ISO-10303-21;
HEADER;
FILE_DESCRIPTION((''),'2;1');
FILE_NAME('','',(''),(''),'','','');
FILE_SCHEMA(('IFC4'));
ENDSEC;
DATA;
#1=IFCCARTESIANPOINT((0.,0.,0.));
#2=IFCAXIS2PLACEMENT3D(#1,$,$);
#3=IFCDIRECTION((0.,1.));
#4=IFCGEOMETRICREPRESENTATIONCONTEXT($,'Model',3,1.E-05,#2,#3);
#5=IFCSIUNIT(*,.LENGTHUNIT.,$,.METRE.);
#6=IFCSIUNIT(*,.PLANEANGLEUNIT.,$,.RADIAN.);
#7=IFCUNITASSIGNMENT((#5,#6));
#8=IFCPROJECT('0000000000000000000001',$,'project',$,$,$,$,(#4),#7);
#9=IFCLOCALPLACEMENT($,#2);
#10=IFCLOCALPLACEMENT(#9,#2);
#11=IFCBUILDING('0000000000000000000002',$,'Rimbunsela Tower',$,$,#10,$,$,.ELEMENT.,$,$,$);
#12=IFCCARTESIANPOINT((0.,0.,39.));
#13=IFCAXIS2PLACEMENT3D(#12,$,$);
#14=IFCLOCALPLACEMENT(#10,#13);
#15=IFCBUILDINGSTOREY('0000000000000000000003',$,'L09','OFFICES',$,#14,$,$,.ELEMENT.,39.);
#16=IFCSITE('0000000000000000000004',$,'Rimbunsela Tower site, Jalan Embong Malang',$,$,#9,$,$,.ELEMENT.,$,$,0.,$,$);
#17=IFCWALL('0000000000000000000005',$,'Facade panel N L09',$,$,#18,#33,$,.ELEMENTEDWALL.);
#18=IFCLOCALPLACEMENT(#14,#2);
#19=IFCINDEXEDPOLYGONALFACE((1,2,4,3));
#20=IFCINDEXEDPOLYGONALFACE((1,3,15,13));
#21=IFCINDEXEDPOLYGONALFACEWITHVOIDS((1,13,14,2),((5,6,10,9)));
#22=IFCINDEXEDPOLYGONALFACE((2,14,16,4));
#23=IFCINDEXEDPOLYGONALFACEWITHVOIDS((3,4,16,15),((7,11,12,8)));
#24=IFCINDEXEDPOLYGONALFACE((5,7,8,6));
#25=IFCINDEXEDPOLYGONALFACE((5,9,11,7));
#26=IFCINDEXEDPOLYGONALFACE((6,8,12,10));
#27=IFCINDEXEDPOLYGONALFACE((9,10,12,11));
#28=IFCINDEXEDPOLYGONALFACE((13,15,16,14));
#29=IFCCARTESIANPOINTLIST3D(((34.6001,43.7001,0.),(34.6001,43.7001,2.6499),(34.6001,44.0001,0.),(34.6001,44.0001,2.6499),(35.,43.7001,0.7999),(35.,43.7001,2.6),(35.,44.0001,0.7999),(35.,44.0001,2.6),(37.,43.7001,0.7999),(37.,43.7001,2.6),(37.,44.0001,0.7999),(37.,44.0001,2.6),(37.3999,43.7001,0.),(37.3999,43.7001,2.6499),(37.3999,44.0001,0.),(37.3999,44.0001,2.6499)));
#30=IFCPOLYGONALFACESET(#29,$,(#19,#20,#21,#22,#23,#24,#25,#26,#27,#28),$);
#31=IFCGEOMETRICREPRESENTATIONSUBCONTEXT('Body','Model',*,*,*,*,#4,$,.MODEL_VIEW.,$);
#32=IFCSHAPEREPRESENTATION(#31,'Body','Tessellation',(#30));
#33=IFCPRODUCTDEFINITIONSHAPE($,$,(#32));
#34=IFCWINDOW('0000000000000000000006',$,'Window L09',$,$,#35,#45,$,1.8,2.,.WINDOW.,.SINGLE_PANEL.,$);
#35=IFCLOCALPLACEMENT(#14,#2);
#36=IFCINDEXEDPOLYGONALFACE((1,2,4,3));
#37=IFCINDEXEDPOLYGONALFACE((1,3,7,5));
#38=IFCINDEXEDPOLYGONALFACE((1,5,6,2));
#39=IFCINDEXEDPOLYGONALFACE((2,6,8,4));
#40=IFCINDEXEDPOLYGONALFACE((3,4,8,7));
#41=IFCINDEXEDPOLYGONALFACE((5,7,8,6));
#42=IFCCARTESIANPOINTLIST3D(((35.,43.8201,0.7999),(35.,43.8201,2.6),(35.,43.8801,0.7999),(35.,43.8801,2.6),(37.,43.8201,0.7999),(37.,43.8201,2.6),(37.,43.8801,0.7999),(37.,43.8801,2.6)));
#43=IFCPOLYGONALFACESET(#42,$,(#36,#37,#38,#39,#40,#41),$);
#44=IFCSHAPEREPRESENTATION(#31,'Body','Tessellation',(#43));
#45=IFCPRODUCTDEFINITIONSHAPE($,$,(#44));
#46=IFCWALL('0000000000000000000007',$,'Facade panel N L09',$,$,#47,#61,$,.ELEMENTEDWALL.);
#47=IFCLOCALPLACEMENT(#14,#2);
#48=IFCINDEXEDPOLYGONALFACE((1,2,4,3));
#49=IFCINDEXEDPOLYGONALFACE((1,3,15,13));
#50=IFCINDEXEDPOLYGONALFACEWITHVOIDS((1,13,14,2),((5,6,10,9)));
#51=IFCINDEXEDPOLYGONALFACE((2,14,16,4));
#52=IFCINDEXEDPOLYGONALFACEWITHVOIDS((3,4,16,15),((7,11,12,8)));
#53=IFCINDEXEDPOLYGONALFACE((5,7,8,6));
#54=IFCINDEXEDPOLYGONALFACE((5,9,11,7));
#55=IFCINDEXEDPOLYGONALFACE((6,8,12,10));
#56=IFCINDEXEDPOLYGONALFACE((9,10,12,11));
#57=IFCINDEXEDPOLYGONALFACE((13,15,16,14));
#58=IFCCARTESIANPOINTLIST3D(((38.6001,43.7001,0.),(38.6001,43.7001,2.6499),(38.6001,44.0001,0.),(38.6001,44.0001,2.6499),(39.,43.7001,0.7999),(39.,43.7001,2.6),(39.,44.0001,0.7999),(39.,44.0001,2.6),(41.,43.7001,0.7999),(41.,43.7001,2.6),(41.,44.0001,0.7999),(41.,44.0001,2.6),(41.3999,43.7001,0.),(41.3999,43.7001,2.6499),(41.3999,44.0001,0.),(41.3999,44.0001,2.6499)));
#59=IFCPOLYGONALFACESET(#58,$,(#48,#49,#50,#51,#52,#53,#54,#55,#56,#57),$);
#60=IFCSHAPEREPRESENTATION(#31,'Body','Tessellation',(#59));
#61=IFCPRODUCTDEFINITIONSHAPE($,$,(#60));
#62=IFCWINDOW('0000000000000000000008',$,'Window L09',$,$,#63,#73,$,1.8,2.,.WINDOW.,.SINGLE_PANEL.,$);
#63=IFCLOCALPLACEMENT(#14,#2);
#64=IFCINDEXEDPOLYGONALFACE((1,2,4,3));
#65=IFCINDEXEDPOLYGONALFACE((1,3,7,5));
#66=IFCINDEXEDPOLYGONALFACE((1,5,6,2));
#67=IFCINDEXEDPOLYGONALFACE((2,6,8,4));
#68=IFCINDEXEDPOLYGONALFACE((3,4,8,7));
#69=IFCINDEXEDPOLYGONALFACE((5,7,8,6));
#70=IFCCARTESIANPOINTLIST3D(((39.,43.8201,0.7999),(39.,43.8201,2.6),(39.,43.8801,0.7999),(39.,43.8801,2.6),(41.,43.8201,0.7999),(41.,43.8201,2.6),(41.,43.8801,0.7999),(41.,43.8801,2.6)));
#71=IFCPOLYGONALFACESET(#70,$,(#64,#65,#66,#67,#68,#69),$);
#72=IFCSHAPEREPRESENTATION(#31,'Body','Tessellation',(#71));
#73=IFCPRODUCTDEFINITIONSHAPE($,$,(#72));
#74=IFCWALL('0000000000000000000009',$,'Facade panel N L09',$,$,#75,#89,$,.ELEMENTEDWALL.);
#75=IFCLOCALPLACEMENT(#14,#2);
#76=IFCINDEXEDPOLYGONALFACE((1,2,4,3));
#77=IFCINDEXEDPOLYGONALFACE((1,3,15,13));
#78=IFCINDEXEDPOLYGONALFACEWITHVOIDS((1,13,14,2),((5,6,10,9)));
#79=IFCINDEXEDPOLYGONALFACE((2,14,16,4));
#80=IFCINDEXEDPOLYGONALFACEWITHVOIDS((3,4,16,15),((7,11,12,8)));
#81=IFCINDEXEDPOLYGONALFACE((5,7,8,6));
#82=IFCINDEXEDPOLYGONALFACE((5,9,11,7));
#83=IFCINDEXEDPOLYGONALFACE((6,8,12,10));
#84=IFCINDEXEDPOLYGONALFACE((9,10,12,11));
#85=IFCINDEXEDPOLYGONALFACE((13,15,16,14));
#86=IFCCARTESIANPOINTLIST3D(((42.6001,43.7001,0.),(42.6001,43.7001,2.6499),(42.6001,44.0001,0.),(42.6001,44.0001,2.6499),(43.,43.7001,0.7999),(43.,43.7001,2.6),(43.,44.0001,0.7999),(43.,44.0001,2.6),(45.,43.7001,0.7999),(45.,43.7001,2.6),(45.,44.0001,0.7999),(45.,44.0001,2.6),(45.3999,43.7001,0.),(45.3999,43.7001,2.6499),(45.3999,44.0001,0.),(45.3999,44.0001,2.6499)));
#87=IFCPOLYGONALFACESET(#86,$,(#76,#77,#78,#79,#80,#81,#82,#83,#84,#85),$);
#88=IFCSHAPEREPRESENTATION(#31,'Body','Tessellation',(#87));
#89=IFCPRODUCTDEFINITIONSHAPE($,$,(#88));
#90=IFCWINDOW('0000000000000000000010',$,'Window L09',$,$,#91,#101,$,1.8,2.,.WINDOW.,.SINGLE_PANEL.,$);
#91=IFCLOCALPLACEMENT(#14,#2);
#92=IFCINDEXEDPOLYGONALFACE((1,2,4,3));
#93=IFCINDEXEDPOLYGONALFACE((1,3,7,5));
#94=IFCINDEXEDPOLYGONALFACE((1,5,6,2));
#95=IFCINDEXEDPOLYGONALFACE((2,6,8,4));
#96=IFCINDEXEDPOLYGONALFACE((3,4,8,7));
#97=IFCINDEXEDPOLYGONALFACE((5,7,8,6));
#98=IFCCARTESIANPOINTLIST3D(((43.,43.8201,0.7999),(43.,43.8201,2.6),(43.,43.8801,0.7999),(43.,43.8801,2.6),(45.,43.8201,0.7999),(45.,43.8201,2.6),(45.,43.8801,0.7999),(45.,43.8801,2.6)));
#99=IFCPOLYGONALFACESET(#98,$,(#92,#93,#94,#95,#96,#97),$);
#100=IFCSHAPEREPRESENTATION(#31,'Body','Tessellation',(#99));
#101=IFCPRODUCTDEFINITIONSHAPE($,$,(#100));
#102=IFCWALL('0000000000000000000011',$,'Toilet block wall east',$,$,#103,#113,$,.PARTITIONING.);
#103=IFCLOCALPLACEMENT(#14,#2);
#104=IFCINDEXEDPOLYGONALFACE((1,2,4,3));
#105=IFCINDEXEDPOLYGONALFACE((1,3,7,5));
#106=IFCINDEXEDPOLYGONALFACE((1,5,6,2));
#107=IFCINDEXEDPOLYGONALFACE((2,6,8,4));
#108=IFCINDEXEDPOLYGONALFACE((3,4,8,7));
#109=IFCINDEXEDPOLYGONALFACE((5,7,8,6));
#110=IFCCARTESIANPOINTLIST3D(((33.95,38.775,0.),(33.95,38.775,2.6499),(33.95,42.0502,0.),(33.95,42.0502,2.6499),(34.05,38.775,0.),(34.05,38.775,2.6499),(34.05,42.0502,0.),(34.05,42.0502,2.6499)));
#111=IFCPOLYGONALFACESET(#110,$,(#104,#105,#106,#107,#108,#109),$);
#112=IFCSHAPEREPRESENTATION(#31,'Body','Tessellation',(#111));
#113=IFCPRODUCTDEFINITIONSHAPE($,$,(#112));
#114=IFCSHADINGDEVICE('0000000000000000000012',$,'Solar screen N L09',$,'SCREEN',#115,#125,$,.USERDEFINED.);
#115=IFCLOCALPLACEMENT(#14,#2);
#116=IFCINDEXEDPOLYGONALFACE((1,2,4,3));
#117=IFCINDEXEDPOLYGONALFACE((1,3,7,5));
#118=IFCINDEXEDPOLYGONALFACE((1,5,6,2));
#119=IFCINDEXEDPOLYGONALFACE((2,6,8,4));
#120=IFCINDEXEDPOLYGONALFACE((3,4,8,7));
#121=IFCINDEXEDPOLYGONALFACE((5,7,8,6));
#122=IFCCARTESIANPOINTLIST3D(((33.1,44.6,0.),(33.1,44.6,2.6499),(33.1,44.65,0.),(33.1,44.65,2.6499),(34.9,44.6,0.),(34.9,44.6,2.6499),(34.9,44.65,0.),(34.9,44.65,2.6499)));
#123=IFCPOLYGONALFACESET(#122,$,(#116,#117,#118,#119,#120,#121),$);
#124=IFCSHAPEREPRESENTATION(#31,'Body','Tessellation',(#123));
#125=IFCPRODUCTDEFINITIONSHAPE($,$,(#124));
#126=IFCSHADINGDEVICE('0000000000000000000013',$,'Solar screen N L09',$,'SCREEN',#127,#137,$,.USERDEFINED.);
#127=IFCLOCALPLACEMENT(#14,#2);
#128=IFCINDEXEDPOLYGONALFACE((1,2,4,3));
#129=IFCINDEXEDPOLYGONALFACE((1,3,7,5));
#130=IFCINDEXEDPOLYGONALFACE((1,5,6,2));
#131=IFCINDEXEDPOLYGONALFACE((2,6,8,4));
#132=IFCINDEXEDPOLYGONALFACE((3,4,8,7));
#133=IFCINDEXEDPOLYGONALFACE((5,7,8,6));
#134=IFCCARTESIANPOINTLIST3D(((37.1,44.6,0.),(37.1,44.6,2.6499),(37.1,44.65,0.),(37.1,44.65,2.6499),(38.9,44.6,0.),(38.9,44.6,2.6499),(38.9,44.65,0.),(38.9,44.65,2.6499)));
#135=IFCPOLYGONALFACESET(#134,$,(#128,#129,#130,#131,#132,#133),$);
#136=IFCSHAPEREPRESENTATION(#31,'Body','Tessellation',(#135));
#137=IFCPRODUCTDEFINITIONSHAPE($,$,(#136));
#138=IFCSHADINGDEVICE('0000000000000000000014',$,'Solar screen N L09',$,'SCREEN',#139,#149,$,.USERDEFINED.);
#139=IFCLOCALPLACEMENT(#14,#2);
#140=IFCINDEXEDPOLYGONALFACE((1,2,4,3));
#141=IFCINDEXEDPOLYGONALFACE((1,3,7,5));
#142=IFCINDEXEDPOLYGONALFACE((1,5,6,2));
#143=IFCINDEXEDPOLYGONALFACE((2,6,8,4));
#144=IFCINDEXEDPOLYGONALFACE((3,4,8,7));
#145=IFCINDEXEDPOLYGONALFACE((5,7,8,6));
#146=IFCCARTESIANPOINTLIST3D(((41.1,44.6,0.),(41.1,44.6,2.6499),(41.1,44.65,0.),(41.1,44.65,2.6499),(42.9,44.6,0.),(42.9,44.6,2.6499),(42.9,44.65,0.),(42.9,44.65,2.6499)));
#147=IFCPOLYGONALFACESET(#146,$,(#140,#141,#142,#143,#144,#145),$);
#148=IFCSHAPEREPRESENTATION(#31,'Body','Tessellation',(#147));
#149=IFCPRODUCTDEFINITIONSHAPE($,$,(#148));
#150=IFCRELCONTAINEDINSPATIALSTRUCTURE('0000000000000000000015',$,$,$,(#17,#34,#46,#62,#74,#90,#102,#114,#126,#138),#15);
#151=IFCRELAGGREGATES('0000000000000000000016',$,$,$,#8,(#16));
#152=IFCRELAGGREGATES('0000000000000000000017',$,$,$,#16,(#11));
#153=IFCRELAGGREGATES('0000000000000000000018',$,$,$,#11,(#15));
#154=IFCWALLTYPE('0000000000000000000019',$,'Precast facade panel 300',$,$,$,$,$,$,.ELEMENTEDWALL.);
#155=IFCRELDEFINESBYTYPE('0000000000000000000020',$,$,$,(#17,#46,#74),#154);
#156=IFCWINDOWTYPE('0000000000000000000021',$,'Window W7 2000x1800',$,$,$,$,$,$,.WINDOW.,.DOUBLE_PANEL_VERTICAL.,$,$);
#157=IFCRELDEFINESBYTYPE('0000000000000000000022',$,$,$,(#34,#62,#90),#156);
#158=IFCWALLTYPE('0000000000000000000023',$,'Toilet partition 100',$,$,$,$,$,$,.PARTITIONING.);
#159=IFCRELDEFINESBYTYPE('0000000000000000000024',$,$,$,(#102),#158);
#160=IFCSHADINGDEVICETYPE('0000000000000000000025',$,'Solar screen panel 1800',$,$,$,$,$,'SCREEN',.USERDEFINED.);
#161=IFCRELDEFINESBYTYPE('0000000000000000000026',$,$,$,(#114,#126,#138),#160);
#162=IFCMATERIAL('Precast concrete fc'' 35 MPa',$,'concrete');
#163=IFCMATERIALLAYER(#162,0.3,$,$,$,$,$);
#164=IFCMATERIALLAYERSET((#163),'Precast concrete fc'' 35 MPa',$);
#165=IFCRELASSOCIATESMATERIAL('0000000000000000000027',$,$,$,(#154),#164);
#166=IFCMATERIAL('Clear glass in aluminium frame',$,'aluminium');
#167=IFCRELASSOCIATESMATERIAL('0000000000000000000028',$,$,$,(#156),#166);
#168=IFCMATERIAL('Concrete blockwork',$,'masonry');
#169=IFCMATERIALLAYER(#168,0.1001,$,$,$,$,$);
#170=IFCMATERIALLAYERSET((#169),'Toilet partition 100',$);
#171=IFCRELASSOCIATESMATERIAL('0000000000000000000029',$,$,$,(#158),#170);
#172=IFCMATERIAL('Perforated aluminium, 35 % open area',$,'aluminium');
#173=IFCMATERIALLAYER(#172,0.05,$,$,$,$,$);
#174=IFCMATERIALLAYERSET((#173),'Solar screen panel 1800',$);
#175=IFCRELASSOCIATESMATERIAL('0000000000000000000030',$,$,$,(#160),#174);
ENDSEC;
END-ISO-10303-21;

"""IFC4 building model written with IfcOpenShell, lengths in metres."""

from ifc_helpers import new_model, si_unit, direction, frame, frame_2d, origin, origin_2d, place, context, subcontext, project, spatial, rectangle, extrude, material, layer, layer_set, type_object, element, fill, save


model = new_model("IFC4")

# Units and contexts
model_context = context("Model", 3, precision=1e-05, world=origin(), true_north=direction((0.0, 1.0)))
body_context = subcontext(model_context, "Body", "Model", "MODEL_VIEW")
ifc_project = project(units=[si_unit("LENGTHUNIT", "METRE"), si_unit("PLANEANGLEUNIT", "RADIAN")], contexts=[model_context])

# Site, building, storey
site_placement = place(None, origin())
site = spatial("IfcSite", under=ifc_project, at=site_placement, Name="Rimbunsela Tower site, Jalan Embong Malang", CompositionType="ELEMENT", RefElevation=0.0)
building_placement = place(site_placement, origin())
building = spatial("IfcBuilding", under=site, at=building_placement, Name="Rimbunsela Tower", CompositionType="ELEMENT")
storey_placement = place(building_placement, frame((0.0, 0.0, 39.0)))
storey = spatial("IfcBuildingStorey", under=building, at=storey_placement, Name="L09", Description="OFFICES", CompositionType="ELEMENT", Elevation=39.0)

# Walls, openings, windows
ifc_material_1 = material(Name="Precast concrete fc' 35 MPa", Category="concrete")
ifc_layer_1 = layer(ifc_material_1, 0.3)
ifc_layer_set_1 = layer_set([ifc_layer_1], Name="Precast concrete fc' 35 MPa")
wall_type_1 = type_object("IfcWallType", Name="Precast facade panel 300", PredefinedType="ELEMENTEDWALL", material=ifc_layer_set_1)
ifc_material_2 = material(Name="Clear glass in aluminium frame", Category="aluminium")
window_type = type_object("IfcWindowType", Name="Window W7 2000x1800", PartitioningType="DOUBLE_PANEL_VERTICAL", PredefinedType="WINDOW", material=ifc_material_2)
wall_1_placement = place(storey_placement, frame((37.3999, 43.8501, 0.0), z_axis=(0.0, 0.0, 1.0), x_axis=(-1.0, 0.0, 0.0)))
wall_1 = element("IfcWall", 1, at=wall_1_placement, inside=storey, type_object=wall_type_1, Name="Facade panel N L09", PredefinedType="ELEMENTEDWALL", context=body_context, shape_type="SweptSolid", body=[
    extrude(rectangle(XDim=2.7998, YDim=0.3, at=frame_2d((1.3999, 0.0))), origin(), (0.0, 0.0, 1.0), 2.6499),
])
opening_1_placement = place(wall_1_placement, frame((0.3999, 0.0, 0.8)))
opening_1 = element("IfcOpeningElement", 2, at=opening_1_placement, cuts=wall_1, PredefinedType="OPENING", context=body_context, shape_type="SweptSolid", body=[
    extrude(rectangle(XDim=2.0, YDim=1.8, at=frame_2d((1.0, 0.8999))), frame((0.0, 0.1599, 0.0), z_axis=(0.0, -1.0, 0.0), x_axis=(1.0, 0.0, 0.0)), (0.0, 0.0, 1.0), 0.3201),
])
window_1_placement = place(opening_1_placement, origin())
window_1 = element("IfcWindow", 3, at=window_1_placement, inside=storey, type_object=window_type, Name="Window L09", OverallHeight=1.8, OverallWidth=2.0, PartitioningType="SINGLE_PANEL", PredefinedType="WINDOW", context=body_context, shape_type="SweptSolid", body=[
    extrude(rectangle(XDim=2.0, YDim=1.8, at=frame_2d((1.0, 0.8999))), frame((0.0, 0.03, 0.0), z_axis=(0.0, -1.0, 0.0), x_axis=(1.0, 0.0, 0.0)), (0.0, 0.0, 1.0), 0.0601),
])
fill(opening_1, window_1)
wall_2_placement = place(storey_placement, frame((41.3999, 43.8501, 0.0), z_axis=(0.0, 0.0, 1.0), x_axis=(-1.0, 0.0, 0.0)))
wall_2 = element("IfcWall", 4, at=wall_2_placement, inside=storey, type_object=wall_type_1, Name="Facade panel N L09", PredefinedType="ELEMENTEDWALL", context=body_context, shape_type="SweptSolid", body=[
    extrude(rectangle(XDim=2.7998, YDim=0.3, at=frame_2d((1.3999, 0.0))), origin(), (0.0, 0.0, 1.0), 2.6499),
])
opening_2_placement = place(wall_2_placement, frame((0.3999, 0.0, 0.8)))
opening_2 = element("IfcOpeningElement", 5, at=opening_2_placement, cuts=wall_2, PredefinedType="OPENING", context=body_context, shape_type="SweptSolid", body=[
    extrude(rectangle(XDim=2.0, YDim=1.8, at=frame_2d((1.0, 0.8999))), frame((0.0, 0.1599, 0.0), z_axis=(0.0, -1.0, 0.0), x_axis=(1.0, 0.0, 0.0)), (0.0, 0.0, 1.0), 0.3201),
])
window_2_placement = place(opening_2_placement, origin())
window_2 = element("IfcWindow", 6, at=window_2_placement, inside=storey, type_object=window_type, Name="Window L09", OverallHeight=1.8, OverallWidth=2.0, PartitioningType="SINGLE_PANEL", PredefinedType="WINDOW", context=body_context, shape_type="SweptSolid", body=[
    extrude(rectangle(XDim=2.0, YDim=1.8, at=frame_2d((1.0, 0.8999))), frame((0.0, 0.03, 0.0), z_axis=(0.0, -1.0, 0.0), x_axis=(1.0, 0.0, 0.0)), (0.0, 0.0, 1.0), 0.0601),
])
fill(opening_2, window_2)
wall_3_placement = place(storey_placement, frame((45.3999, 43.8501, 0.0), z_axis=(0.0, 0.0, 1.0), x_axis=(-1.0, 0.0, 0.0)))
wall_3 = element("IfcWall", 7, at=wall_3_placement, inside=storey, type_object=wall_type_1, Name="Facade panel N L09", PredefinedType="ELEMENTEDWALL", context=body_context, shape_type="SweptSolid", body=[
    extrude(rectangle(XDim=2.7998, YDim=0.3, at=frame_2d((1.3999, 0.0))), origin(), (0.0, 0.0, 1.0), 2.6499),
])
opening_3_placement = place(wall_3_placement, frame((0.3999, 0.0, 0.8)))
opening_3 = element("IfcOpeningElement", 8, at=opening_3_placement, cuts=wall_3, PredefinedType="OPENING", context=body_context, shape_type="SweptSolid", body=[
    extrude(rectangle(XDim=2.0, YDim=1.8, at=frame_2d((1.0, 0.8999))), frame((0.0, 0.1599, 0.0), z_axis=(0.0, -1.0, 0.0), x_axis=(1.0, 0.0, 0.0)), (0.0, 0.0, 1.0), 0.3201),
])
window_3_placement = place(opening_3_placement, origin())
window_3 = element("IfcWindow", 9, at=window_3_placement, inside=storey, type_object=window_type, Name="Window L09", OverallHeight=1.8, OverallWidth=2.0, PartitioningType="SINGLE_PANEL", PredefinedType="WINDOW", context=body_context, shape_type="SweptSolid", body=[
    extrude(rectangle(XDim=2.0, YDim=1.8, at=frame_2d((1.0, 0.8999))), frame((0.0, 0.03, 0.0), z_axis=(0.0, -1.0, 0.0), x_axis=(1.0, 0.0, 0.0)), (0.0, 0.0, 1.0), 0.0601),
])
fill(opening_3, window_3)

# Wall
ifc_material_3 = material(Name="Concrete blockwork", Category="masonry")
ifc_layer_2 = layer(ifc_material_3, 0.1001)
ifc_layer_set_2 = layer_set([ifc_layer_2], Name="Toilet partition 100")
wall_type_2 = type_object("IfcWallType", Name="Toilet partition 100", PredefinedType="PARTITIONING", material=ifc_layer_set_2)
wall_4_placement = place(storey_placement, frame((34.0, 38.7749, 0.0), z_axis=(0.0, 0.0, 1.0), x_axis=(0.0, 1.0, 0.0)))
element("IfcWall", 10, at=wall_4_placement, inside=storey, type_object=wall_type_2, Name="Toilet block wall east", PredefinedType="PARTITIONING", context=body_context, shape_type="SweptSolid", body=[
    extrude(rectangle(XDim=3.2751, YDim=0.1001, at=frame_2d((1.6377, 0.0))), origin(), (0.0, 0.0, 1.0), 2.6499),
])

# Shading devices
ifc_material_4 = material(Name="Perforated aluminium, 35 % open area", Category="aluminium")
ifc_layer_3 = layer(ifc_material_4, 0.05)
ifc_layer_set_3 = layer_set([ifc_layer_3], Name="Solar screen panel 1800")
shading_device_type = type_object("IfcShadingDeviceType", Name="Solar screen panel 1800", ElementType="SCREEN", PredefinedType="USERDEFINED", material=ifc_layer_set_3)
for number, where, z_axis, x_axis, name in (
    (11, (34.0, 44.625, 0.0), (0.0, 0.0, 1.0), (1.0, 0.0, 0.0), "Solar screen N L09"),
    (12, (38.0, 44.625, 0.0), (0.0, 0.0, 1.0), (1.0, 0.0, 0.0), "Solar screen N L09"),
    (13, (42.0, 44.625, 0.0), (0.0, 0.0, 1.0), (1.0, 0.0, 0.0), "Solar screen N L09"),
):
    element("IfcShadingDevice", number, at=place(storey_placement, frame(where, z_axis=z_axis, x_axis=x_axis)), inside=storey, type_object=shading_device_type, Name=name, ObjectType="SCREEN", PredefinedType="USERDEFINED", context=body_context, shape_type="SweptSolid", body=[
        extrude(rectangle(XDim=1.8, YDim=0.05, at=origin_2d()), origin(), (0.0, 0.0, 1.0), 2.6499),
    ])

save(model, "model.ifc")
